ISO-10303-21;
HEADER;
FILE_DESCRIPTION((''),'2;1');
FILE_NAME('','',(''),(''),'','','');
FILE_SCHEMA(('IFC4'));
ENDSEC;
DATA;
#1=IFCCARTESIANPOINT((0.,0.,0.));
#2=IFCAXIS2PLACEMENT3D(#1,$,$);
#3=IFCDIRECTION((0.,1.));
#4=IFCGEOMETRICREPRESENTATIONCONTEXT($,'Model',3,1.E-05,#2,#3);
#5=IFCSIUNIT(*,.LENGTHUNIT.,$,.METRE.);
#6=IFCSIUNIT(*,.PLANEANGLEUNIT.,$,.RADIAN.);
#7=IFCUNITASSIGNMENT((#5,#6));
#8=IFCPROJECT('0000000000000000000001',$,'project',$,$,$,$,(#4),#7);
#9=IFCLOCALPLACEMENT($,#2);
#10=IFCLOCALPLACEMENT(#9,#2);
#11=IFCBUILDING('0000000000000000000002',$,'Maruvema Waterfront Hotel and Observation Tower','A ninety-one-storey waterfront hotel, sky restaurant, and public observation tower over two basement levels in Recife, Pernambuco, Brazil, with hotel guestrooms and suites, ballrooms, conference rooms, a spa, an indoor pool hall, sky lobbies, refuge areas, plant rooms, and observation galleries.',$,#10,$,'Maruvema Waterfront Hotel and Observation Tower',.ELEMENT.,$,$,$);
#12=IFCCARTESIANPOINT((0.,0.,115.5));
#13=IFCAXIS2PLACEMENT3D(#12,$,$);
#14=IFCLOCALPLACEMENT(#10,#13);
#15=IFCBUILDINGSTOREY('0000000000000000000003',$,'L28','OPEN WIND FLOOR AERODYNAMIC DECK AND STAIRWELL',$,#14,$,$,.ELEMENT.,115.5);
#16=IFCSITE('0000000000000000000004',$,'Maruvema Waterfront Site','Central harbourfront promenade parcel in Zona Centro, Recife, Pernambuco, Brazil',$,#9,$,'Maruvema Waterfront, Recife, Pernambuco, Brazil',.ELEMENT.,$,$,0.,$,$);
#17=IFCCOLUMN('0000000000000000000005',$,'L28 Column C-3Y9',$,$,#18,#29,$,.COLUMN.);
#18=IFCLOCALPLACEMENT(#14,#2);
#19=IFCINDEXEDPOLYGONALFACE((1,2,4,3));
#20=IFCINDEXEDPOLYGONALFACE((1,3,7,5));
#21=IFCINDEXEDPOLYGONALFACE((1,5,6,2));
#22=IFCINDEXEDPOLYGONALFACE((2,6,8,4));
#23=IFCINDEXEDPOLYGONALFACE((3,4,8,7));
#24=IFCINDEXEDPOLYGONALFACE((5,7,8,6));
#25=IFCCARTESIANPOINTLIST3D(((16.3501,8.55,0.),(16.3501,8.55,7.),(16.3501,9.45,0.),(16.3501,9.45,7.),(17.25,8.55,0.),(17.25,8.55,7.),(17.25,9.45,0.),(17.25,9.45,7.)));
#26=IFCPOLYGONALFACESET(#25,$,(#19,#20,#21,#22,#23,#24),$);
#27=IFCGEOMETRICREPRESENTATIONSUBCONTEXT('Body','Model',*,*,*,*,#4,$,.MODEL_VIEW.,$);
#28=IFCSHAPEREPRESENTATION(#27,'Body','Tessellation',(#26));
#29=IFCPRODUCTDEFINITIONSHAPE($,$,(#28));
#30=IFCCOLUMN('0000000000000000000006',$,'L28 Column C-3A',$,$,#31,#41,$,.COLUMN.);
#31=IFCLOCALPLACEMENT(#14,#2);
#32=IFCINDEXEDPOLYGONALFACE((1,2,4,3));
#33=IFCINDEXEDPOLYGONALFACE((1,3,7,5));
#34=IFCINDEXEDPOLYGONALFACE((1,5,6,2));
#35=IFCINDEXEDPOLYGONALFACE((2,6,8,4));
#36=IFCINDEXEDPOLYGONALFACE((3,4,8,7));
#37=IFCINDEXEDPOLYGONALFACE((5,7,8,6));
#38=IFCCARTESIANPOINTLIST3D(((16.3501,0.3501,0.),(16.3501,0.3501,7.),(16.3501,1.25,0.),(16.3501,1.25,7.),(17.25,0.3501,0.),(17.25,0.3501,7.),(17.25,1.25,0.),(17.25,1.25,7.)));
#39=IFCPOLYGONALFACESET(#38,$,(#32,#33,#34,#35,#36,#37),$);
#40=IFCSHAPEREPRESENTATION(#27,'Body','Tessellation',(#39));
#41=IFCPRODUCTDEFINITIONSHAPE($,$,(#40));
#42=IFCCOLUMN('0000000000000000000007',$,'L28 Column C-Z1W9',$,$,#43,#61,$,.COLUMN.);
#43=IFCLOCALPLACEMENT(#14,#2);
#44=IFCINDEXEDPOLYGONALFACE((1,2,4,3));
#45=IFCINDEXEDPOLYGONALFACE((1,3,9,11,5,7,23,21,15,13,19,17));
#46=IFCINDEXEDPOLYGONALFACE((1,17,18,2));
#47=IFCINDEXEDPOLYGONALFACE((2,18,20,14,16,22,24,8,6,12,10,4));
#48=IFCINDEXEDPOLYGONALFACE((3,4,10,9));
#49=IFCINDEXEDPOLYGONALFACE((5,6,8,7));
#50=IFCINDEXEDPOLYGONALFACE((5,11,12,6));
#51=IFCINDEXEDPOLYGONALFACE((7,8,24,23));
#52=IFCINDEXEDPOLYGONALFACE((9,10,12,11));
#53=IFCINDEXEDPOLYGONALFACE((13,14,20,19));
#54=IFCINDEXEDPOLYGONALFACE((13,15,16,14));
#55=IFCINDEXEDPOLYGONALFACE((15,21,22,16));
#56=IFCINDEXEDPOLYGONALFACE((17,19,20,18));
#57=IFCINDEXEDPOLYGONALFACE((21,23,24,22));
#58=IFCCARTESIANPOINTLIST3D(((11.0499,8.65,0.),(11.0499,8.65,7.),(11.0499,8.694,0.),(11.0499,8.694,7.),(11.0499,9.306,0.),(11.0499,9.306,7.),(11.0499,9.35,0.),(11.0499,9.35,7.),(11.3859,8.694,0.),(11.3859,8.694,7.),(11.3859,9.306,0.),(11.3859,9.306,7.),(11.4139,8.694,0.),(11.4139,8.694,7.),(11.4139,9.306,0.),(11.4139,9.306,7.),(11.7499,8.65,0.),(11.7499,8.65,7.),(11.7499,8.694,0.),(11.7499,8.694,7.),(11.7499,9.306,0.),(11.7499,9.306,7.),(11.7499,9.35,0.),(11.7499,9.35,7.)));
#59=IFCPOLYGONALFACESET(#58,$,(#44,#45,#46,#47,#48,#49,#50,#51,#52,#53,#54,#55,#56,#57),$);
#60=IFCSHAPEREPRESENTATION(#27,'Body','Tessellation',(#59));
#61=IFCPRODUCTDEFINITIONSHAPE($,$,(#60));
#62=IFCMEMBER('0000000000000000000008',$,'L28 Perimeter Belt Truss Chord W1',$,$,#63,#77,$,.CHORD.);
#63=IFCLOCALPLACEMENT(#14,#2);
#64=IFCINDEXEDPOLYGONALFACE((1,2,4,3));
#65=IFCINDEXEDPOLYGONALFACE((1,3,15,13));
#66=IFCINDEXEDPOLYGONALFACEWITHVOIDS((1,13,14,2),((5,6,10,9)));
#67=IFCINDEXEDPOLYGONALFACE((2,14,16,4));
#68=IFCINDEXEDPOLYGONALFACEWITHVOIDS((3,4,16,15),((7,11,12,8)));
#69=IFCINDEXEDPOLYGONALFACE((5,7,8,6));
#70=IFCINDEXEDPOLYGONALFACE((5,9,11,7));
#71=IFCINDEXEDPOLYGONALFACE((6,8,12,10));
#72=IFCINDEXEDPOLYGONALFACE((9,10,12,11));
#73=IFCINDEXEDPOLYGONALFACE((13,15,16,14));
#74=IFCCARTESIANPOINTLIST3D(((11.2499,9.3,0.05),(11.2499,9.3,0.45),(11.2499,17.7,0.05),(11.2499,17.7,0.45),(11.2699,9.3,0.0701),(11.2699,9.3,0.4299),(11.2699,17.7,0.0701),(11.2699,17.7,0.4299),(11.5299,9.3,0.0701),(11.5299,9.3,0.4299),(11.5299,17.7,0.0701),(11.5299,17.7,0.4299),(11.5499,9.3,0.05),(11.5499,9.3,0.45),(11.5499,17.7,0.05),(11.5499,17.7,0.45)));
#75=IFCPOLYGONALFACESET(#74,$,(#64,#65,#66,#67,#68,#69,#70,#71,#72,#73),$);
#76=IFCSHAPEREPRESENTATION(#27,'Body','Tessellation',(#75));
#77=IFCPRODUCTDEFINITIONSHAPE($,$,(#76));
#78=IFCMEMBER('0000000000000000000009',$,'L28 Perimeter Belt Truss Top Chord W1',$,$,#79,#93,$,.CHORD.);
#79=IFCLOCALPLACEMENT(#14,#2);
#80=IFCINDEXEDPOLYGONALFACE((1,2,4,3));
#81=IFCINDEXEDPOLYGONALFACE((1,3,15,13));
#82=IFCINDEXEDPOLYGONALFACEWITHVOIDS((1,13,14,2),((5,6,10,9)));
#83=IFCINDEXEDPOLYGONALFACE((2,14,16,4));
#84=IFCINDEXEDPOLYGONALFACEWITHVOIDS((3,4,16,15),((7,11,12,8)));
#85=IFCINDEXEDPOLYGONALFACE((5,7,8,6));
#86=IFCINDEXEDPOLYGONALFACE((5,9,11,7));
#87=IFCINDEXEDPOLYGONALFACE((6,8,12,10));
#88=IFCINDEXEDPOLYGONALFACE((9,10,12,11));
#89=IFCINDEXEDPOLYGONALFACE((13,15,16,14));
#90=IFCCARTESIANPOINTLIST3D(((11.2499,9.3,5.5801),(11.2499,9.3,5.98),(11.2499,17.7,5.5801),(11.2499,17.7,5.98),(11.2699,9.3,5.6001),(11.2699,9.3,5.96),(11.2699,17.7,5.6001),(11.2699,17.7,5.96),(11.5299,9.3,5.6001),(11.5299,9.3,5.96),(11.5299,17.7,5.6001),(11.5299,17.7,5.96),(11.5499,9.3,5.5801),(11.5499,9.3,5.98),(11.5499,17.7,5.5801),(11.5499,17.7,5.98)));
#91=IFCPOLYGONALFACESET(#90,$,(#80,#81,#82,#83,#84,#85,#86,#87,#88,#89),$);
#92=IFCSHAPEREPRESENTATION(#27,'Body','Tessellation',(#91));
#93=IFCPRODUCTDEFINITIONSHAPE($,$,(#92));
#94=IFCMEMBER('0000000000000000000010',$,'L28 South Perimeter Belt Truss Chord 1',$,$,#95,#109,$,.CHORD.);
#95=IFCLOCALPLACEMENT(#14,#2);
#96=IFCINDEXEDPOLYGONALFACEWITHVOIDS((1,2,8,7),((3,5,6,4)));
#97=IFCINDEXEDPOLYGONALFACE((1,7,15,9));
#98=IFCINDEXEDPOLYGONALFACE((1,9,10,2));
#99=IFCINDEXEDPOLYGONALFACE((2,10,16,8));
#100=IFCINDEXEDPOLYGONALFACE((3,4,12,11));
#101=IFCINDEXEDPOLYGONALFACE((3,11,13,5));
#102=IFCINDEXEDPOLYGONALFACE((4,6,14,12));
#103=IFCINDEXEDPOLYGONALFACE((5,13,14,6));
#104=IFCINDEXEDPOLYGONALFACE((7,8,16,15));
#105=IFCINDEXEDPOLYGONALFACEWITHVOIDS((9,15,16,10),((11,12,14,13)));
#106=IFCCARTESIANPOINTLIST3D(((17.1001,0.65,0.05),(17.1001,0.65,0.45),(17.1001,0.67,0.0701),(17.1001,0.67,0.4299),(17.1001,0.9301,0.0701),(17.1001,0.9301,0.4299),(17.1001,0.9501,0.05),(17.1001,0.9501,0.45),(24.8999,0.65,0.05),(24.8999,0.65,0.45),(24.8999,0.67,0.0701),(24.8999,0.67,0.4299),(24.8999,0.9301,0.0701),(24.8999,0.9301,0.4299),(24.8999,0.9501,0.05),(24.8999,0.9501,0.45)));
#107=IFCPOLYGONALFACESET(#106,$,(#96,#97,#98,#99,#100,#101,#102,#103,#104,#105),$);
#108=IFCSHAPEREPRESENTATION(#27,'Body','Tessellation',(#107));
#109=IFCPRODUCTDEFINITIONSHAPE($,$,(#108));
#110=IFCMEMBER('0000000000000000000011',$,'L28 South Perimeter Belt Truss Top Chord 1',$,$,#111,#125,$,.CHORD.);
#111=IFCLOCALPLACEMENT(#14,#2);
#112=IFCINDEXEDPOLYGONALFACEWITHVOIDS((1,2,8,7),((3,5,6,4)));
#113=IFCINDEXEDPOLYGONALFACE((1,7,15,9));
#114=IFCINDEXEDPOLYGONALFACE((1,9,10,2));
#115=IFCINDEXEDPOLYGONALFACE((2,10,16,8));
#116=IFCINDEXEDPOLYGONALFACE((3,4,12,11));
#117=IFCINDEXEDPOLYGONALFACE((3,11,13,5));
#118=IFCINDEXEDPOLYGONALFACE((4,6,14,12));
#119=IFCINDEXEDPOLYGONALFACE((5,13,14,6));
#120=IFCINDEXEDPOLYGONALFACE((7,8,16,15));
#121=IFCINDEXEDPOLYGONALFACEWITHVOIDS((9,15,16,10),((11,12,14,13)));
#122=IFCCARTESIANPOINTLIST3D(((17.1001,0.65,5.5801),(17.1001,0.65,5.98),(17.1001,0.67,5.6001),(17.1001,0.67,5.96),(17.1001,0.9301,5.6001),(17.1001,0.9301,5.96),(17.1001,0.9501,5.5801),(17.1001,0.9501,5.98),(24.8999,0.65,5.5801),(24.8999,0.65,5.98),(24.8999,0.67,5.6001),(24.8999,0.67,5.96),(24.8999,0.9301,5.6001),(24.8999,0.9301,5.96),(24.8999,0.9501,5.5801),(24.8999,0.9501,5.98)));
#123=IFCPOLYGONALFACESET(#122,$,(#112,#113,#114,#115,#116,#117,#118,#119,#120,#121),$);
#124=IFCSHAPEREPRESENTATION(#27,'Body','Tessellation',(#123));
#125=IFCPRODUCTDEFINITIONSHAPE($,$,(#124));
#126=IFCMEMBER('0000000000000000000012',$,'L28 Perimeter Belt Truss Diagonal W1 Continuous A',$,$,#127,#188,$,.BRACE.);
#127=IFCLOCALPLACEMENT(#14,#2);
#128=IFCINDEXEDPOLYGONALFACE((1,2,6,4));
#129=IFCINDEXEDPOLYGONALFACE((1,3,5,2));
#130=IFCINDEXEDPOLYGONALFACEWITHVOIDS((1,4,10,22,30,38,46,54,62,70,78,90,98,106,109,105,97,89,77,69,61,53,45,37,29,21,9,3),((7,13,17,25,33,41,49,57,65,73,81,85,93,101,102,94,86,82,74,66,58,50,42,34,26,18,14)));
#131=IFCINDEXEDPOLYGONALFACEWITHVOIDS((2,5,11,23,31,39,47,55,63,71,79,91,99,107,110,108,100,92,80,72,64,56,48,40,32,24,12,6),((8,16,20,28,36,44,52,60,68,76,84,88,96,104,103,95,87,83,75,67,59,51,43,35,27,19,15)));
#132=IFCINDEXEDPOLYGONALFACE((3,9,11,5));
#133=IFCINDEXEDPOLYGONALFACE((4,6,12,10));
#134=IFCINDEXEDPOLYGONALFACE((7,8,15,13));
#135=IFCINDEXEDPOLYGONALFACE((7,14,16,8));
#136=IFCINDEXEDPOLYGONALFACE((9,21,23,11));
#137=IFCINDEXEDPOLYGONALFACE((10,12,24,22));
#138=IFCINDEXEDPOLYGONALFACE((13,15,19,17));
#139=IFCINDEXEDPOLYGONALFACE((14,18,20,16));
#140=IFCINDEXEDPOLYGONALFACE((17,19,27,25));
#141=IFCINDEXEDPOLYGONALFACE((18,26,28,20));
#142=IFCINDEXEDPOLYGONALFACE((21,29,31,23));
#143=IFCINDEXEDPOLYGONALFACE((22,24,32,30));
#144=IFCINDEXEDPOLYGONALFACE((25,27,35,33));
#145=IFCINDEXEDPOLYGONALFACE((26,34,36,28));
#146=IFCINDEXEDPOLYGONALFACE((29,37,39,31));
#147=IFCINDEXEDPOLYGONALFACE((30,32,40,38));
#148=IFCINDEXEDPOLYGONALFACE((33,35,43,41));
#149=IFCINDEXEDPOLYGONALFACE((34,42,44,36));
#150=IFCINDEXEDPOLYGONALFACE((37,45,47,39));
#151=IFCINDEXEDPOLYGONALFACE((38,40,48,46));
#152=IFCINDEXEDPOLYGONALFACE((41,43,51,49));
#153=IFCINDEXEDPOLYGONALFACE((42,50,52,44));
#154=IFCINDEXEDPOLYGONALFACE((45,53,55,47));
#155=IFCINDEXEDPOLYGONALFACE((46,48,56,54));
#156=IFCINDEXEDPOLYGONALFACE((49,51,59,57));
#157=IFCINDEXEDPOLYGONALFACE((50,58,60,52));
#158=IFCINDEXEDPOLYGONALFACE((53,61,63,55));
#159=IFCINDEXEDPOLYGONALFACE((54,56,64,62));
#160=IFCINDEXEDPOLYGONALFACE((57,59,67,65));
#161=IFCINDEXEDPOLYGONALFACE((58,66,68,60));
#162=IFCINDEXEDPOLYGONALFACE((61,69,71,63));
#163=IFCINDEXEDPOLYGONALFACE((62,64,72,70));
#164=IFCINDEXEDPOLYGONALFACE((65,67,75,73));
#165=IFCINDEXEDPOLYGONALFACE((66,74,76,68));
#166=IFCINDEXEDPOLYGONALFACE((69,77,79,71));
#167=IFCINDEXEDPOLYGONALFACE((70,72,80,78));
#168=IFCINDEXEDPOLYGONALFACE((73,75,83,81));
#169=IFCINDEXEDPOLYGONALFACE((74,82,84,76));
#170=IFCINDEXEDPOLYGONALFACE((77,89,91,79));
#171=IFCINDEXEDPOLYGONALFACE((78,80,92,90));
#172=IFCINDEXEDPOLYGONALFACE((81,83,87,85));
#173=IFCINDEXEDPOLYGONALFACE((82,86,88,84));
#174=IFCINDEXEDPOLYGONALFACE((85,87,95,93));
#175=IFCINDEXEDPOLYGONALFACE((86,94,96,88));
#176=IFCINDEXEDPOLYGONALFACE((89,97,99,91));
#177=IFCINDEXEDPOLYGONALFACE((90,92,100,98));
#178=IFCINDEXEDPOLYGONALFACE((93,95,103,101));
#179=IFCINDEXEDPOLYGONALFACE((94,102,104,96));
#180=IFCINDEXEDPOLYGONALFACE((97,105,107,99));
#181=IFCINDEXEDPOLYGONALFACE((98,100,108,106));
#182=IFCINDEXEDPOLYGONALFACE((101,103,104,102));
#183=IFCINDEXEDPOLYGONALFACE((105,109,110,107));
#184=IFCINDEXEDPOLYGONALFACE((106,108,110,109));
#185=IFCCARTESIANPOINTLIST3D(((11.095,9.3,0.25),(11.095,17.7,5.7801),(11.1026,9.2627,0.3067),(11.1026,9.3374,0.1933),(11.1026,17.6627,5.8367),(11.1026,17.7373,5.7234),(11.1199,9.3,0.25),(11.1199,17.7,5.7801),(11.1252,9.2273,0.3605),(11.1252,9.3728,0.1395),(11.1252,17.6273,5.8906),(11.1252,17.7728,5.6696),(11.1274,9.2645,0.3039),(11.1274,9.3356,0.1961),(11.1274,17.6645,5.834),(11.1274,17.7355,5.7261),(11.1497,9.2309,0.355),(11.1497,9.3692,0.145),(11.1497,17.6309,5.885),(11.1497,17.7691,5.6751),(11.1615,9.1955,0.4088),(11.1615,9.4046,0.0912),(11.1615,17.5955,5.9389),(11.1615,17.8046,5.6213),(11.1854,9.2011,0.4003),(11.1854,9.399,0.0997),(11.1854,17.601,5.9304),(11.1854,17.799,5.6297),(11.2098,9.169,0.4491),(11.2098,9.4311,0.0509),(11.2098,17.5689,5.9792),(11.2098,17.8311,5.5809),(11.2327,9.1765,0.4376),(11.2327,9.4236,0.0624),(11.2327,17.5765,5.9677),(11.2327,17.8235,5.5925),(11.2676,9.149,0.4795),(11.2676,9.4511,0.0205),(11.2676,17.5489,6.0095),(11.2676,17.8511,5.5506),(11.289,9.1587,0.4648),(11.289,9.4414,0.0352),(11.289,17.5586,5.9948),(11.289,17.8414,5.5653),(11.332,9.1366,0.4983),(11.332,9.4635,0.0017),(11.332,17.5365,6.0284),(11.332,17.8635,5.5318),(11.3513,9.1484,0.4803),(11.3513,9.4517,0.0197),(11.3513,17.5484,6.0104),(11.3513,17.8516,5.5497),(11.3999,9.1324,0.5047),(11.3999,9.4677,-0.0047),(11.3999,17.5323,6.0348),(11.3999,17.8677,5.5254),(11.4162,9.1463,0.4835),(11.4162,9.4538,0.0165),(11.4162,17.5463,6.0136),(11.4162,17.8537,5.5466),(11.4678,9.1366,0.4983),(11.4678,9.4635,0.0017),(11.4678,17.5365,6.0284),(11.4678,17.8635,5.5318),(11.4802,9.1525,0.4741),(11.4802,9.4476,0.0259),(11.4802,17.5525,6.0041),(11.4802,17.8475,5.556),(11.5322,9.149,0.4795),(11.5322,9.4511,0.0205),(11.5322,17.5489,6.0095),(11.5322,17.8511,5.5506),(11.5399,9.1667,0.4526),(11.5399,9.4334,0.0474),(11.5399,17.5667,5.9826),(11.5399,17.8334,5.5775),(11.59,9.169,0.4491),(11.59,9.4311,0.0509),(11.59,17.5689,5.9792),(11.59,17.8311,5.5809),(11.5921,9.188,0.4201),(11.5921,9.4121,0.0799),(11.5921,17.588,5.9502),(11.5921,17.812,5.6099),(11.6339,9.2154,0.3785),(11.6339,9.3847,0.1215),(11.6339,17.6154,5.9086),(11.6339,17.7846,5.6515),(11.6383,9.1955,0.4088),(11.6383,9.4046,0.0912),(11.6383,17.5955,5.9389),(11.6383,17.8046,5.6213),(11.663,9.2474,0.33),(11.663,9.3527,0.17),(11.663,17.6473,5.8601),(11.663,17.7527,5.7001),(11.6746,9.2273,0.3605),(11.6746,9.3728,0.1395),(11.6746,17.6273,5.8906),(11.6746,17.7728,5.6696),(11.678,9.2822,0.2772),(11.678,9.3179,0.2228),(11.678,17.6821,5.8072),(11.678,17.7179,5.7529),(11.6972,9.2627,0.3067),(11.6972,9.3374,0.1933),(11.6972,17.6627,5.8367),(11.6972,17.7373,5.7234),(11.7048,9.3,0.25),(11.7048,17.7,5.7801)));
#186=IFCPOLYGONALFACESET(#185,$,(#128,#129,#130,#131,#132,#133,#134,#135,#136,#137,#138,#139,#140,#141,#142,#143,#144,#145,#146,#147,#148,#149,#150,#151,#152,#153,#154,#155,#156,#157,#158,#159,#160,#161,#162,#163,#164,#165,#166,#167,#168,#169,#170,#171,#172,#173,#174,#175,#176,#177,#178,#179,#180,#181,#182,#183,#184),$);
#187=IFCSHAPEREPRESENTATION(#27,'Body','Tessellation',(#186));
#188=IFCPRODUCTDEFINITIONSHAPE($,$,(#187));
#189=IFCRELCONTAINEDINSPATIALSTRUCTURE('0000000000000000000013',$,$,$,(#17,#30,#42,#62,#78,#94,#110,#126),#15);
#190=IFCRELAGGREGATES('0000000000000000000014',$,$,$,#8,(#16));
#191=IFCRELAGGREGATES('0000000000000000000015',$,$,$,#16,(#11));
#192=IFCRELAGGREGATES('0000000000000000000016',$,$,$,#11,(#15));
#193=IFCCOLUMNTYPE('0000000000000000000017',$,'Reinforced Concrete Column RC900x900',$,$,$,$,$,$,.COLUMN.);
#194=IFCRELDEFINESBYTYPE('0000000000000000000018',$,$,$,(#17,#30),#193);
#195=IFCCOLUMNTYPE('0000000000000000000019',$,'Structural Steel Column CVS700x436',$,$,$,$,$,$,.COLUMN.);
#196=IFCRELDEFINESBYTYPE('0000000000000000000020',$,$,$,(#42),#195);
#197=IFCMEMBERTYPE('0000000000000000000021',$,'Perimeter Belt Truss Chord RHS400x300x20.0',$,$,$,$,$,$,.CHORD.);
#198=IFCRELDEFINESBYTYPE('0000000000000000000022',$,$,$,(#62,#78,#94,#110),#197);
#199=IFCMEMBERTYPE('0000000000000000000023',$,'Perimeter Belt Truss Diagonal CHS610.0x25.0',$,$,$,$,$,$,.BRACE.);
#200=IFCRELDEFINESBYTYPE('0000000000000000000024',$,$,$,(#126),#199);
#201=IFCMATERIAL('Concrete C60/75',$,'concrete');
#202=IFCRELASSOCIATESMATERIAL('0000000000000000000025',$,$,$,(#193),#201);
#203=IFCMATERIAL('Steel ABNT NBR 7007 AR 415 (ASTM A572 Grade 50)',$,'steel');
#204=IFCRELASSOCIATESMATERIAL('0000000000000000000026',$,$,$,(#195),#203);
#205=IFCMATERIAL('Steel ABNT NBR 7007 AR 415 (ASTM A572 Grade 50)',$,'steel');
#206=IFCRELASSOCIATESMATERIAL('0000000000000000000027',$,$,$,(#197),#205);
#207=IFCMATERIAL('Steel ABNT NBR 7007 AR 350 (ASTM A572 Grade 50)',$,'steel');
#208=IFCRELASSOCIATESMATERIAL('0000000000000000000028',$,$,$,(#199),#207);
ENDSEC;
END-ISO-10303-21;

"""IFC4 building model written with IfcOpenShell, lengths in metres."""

from ifc_helpers import new_model, si_unit, direction, frame, origin, origin_2d, place, context, subcontext, project, spatial, rectangle, hollow_rectangle, hollow_circle, i_section, extrude, material, material_profile, profile_set, type_object, element, save


model = new_model("IFC4")

# Units and contexts
model_context = context("Model", 3, precision=1e-05, world=origin(), true_north=direction((0.0, 1.0)))
body_context = subcontext(model_context, "Body", "Model", "MODEL_VIEW")
ifc_project = project(units=[si_unit("LENGTHUNIT", "METRE"), si_unit("PLANEANGLEUNIT", "RADIAN")], contexts=[model_context])

# Site, building, storey
site_placement = place(None, origin())
site = spatial("IfcSite", under=ifc_project, at=site_placement, Name="Maruvema Waterfront Site", Description="Central harbourfront promenade parcel in Zona Centro, Recife, Pernambuco, Brazil", LongName="Maruvema Waterfront, Recife, Pernambuco, Brazil", CompositionType="ELEMENT", RefElevation=0.0)
building_placement = place(site_placement, origin())
building = spatial("IfcBuilding", under=site, at=building_placement, Name="Maruvema Waterfront Hotel and Observation Tower", Description="A ninety-one-storey waterfront hotel, sky restaurant, and public observation tower over two basement levels in Recife, Pernambuco, Brazil, with hotel guestrooms and suites, ballrooms, conference rooms, a spa, an indoor pool hall, sky lobbies, refuge areas, plant rooms, and observation galleries.", LongName="Maruvema Waterfront Hotel and Observation Tower", CompositionType="ELEMENT")
storey_placement = place(building_placement, frame((0.0, 0.0, 115.5)))
storey = spatial("IfcBuildingStorey", under=building, at=storey_placement, Name="L28", Description="OPEN WIND FLOOR AERODYNAMIC DECK AND STAIRWELL", CompositionType="ELEMENT", Elevation=115.5)

# Columns
ifc_material_1 = material(Name="Concrete C60/75", Category="concrete")
ifc_material_profile_1 = material_profile(ifc_material_1, rectangle(XDim=0.8999, YDim=0.8999, at=origin_2d()), Name="RC900x900")
ifc_profile_set_1 = profile_set([ifc_material_profile_1], Name="Concrete C60/75")
column_type_1 = type_object("IfcColumnType", Name="Reinforced Concrete Column RC900x900", PredefinedType="COLUMN", material=ifc_profile_set_1)
for number, where, z_axis, x_axis, name in (
    (1, (16.8, 9.0, 0.0), (0.0, 0.0, 1.0), (1.0, 0.0, 0.0), "L28 Column C-3Y9"),
    (2, (16.8, 0.8, 0.0), (0.0, 0.0, 1.0), (1.0, 0.0, 0.0), "L28 Column C-3A"),
):
    element("IfcColumn", number, at=place(storey_placement, frame(where, z_axis=z_axis, x_axis=x_axis)), inside=storey, type_object=column_type_1, Name=name, PredefinedType="COLUMN", context=body_context, shape_type="SweptSolid", body=[
        extrude(rectangle(XDim=0.8999, YDim=0.8999, at=origin_2d()), origin(), (0.0, 0.0, 1.0), 7.0),
    ])
ifc_material_2 = material(Name="Steel ABNT NBR 7007 AR 415 (ASTM A572 Grade 50)", Category="steel")
ifc_material_profile_2 = material_profile(ifc_material_2, i_section(OverallWidth=0.7, OverallDepth=0.7, WebThickness=0.0281, FlangeThickness=0.0439, at=origin_2d()), Name="CVS700x436")
ifc_profile_set_2 = profile_set([ifc_material_profile_2], Name="Steel ABNT NBR 7007 AR 415 (ASTM A572 Grade 50)")
column_type_2 = type_object("IfcColumnType", Name="Structural Steel Column CVS700x436", PredefinedType="COLUMN", material=ifc_profile_set_2)
column_placement = place(storey_placement, frame((11.3999, 9.0, 0.0), z_axis=(0.0, 0.0, 1.0), x_axis=(1.0, 0.0, 0.0)))
element("IfcColumn", 3, at=column_placement, inside=storey, type_object=column_type_2, Name="L28 Column C-Z1W9", PredefinedType="COLUMN", context=body_context, shape_type="SweptSolid", body=[
    extrude(i_section(OverallWidth=0.7, OverallDepth=0.7, WebThickness=0.0281, FlangeThickness=0.0439, at=origin_2d()), origin(), (0.0, 0.0, 1.0), 7.0),
])

# Members
ifc_material_3 = material(Name="Steel ABNT NBR 7007 AR 415 (ASTM A572 Grade 50)", Category="steel")
ifc_material_profile_3 = material_profile(ifc_material_3, hollow_rectangle(XDim=0.3, YDim=0.3999, WallThickness=0.02, at=origin_2d()), Name="RHS400x300x20.0")
ifc_profile_set_3 = profile_set([ifc_material_profile_3], Name="Steel ABNT NBR 7007 AR 415 (ASTM A572 Grade 50)")
member_type_1 = type_object("IfcMemberType", Name="Perimeter Belt Truss Chord RHS400x300x20.0", PredefinedType="CHORD", material=ifc_profile_set_3)
for number, where, z_axis, x_axis, name in (
    (4, (11.3999, 9.3, 0.25), (0.0, 1.0, 0.0), (-1.0, 0.0, 0.0), "L28 Perimeter Belt Truss Chord W1"),
    (5, (11.3999, 9.3, 5.78), (0.0, 1.0, 0.0), (-1.0, 0.0, 0.0), "L28 Perimeter Belt Truss Top Chord W1"),
):
    element("IfcMember", number, at=place(storey_placement, frame(where, z_axis=z_axis, x_axis=x_axis)), inside=storey, type_object=member_type_1, Name=name, PredefinedType="CHORD", context=body_context, shape_type="SweptSolid", body=[
        extrude(hollow_rectangle(XDim=0.3, YDim=0.3999, WallThickness=0.02, at=origin_2d()), origin(), (0.0, 0.0, 1.0), 8.3999),
    ])
for number, where, z_axis, x_axis, name in (
    (6, (17.1001, 0.8, 0.25), (1.0, 0.0, 0.0), (0.0, 1.0, 0.0), "L28 South Perimeter Belt Truss Chord 1"),
    (7, (17.1001, 0.8, 5.78), (1.0, 0.0, 0.0), (0.0, 1.0, 0.0), "L28 South Perimeter Belt Truss Top Chord 1"),
):
    element("IfcMember", number, at=place(storey_placement, frame(where, z_axis=z_axis, x_axis=x_axis)), inside=storey, type_object=member_type_1, Name=name, PredefinedType="CHORD", context=body_context, shape_type="SweptSolid", body=[
        extrude(hollow_rectangle(XDim=0.3, YDim=0.3999, WallThickness=0.02, at=origin_2d()), origin(), (0.0, 0.0, 1.0), 7.7998),
    ])
ifc_material_4 = material(Name="Steel ABNT NBR 7007 AR 350 (ASTM A572 Grade 50)", Category="steel")
ifc_material_profile_4 = material_profile(ifc_material_4, hollow_circle(Radius=0.3049, WallThickness=0.0249, at=origin_2d()), Name="CHS610.0x25.0")
ifc_profile_set_4 = profile_set([ifc_material_profile_4], Name="Steel ABNT NBR 7007 AR 350 (ASTM A572 Grade 50)")
member_type_2 = type_object("IfcMemberType", Name="Perimeter Belt Truss Diagonal CHS610.0x25.0", PredefinedType="BRACE", material=ifc_profile_set_4)
member_1_placement = place(storey_placement, frame((11.3999, 9.3, 0.25), z_axis=(0.0, 0.835245, 0.549879), x_axis=(-1.0, 0.0, 0.0)))
element("IfcMember", 8, at=member_1_placement, inside=storey, type_object=member_type_2, Name="L28 Perimeter Belt Truss Diagonal W1 Continuous A", PredefinedType="BRACE", context=body_context, shape_type="SweptSolid", body=[
    extrude(hollow_circle(Radius=0.3049, WallThickness=0.0249, at=origin_2d()), origin(), (0.0, 0.0, 1.0), 10.0569),
])

save(model, "model.ifc")
